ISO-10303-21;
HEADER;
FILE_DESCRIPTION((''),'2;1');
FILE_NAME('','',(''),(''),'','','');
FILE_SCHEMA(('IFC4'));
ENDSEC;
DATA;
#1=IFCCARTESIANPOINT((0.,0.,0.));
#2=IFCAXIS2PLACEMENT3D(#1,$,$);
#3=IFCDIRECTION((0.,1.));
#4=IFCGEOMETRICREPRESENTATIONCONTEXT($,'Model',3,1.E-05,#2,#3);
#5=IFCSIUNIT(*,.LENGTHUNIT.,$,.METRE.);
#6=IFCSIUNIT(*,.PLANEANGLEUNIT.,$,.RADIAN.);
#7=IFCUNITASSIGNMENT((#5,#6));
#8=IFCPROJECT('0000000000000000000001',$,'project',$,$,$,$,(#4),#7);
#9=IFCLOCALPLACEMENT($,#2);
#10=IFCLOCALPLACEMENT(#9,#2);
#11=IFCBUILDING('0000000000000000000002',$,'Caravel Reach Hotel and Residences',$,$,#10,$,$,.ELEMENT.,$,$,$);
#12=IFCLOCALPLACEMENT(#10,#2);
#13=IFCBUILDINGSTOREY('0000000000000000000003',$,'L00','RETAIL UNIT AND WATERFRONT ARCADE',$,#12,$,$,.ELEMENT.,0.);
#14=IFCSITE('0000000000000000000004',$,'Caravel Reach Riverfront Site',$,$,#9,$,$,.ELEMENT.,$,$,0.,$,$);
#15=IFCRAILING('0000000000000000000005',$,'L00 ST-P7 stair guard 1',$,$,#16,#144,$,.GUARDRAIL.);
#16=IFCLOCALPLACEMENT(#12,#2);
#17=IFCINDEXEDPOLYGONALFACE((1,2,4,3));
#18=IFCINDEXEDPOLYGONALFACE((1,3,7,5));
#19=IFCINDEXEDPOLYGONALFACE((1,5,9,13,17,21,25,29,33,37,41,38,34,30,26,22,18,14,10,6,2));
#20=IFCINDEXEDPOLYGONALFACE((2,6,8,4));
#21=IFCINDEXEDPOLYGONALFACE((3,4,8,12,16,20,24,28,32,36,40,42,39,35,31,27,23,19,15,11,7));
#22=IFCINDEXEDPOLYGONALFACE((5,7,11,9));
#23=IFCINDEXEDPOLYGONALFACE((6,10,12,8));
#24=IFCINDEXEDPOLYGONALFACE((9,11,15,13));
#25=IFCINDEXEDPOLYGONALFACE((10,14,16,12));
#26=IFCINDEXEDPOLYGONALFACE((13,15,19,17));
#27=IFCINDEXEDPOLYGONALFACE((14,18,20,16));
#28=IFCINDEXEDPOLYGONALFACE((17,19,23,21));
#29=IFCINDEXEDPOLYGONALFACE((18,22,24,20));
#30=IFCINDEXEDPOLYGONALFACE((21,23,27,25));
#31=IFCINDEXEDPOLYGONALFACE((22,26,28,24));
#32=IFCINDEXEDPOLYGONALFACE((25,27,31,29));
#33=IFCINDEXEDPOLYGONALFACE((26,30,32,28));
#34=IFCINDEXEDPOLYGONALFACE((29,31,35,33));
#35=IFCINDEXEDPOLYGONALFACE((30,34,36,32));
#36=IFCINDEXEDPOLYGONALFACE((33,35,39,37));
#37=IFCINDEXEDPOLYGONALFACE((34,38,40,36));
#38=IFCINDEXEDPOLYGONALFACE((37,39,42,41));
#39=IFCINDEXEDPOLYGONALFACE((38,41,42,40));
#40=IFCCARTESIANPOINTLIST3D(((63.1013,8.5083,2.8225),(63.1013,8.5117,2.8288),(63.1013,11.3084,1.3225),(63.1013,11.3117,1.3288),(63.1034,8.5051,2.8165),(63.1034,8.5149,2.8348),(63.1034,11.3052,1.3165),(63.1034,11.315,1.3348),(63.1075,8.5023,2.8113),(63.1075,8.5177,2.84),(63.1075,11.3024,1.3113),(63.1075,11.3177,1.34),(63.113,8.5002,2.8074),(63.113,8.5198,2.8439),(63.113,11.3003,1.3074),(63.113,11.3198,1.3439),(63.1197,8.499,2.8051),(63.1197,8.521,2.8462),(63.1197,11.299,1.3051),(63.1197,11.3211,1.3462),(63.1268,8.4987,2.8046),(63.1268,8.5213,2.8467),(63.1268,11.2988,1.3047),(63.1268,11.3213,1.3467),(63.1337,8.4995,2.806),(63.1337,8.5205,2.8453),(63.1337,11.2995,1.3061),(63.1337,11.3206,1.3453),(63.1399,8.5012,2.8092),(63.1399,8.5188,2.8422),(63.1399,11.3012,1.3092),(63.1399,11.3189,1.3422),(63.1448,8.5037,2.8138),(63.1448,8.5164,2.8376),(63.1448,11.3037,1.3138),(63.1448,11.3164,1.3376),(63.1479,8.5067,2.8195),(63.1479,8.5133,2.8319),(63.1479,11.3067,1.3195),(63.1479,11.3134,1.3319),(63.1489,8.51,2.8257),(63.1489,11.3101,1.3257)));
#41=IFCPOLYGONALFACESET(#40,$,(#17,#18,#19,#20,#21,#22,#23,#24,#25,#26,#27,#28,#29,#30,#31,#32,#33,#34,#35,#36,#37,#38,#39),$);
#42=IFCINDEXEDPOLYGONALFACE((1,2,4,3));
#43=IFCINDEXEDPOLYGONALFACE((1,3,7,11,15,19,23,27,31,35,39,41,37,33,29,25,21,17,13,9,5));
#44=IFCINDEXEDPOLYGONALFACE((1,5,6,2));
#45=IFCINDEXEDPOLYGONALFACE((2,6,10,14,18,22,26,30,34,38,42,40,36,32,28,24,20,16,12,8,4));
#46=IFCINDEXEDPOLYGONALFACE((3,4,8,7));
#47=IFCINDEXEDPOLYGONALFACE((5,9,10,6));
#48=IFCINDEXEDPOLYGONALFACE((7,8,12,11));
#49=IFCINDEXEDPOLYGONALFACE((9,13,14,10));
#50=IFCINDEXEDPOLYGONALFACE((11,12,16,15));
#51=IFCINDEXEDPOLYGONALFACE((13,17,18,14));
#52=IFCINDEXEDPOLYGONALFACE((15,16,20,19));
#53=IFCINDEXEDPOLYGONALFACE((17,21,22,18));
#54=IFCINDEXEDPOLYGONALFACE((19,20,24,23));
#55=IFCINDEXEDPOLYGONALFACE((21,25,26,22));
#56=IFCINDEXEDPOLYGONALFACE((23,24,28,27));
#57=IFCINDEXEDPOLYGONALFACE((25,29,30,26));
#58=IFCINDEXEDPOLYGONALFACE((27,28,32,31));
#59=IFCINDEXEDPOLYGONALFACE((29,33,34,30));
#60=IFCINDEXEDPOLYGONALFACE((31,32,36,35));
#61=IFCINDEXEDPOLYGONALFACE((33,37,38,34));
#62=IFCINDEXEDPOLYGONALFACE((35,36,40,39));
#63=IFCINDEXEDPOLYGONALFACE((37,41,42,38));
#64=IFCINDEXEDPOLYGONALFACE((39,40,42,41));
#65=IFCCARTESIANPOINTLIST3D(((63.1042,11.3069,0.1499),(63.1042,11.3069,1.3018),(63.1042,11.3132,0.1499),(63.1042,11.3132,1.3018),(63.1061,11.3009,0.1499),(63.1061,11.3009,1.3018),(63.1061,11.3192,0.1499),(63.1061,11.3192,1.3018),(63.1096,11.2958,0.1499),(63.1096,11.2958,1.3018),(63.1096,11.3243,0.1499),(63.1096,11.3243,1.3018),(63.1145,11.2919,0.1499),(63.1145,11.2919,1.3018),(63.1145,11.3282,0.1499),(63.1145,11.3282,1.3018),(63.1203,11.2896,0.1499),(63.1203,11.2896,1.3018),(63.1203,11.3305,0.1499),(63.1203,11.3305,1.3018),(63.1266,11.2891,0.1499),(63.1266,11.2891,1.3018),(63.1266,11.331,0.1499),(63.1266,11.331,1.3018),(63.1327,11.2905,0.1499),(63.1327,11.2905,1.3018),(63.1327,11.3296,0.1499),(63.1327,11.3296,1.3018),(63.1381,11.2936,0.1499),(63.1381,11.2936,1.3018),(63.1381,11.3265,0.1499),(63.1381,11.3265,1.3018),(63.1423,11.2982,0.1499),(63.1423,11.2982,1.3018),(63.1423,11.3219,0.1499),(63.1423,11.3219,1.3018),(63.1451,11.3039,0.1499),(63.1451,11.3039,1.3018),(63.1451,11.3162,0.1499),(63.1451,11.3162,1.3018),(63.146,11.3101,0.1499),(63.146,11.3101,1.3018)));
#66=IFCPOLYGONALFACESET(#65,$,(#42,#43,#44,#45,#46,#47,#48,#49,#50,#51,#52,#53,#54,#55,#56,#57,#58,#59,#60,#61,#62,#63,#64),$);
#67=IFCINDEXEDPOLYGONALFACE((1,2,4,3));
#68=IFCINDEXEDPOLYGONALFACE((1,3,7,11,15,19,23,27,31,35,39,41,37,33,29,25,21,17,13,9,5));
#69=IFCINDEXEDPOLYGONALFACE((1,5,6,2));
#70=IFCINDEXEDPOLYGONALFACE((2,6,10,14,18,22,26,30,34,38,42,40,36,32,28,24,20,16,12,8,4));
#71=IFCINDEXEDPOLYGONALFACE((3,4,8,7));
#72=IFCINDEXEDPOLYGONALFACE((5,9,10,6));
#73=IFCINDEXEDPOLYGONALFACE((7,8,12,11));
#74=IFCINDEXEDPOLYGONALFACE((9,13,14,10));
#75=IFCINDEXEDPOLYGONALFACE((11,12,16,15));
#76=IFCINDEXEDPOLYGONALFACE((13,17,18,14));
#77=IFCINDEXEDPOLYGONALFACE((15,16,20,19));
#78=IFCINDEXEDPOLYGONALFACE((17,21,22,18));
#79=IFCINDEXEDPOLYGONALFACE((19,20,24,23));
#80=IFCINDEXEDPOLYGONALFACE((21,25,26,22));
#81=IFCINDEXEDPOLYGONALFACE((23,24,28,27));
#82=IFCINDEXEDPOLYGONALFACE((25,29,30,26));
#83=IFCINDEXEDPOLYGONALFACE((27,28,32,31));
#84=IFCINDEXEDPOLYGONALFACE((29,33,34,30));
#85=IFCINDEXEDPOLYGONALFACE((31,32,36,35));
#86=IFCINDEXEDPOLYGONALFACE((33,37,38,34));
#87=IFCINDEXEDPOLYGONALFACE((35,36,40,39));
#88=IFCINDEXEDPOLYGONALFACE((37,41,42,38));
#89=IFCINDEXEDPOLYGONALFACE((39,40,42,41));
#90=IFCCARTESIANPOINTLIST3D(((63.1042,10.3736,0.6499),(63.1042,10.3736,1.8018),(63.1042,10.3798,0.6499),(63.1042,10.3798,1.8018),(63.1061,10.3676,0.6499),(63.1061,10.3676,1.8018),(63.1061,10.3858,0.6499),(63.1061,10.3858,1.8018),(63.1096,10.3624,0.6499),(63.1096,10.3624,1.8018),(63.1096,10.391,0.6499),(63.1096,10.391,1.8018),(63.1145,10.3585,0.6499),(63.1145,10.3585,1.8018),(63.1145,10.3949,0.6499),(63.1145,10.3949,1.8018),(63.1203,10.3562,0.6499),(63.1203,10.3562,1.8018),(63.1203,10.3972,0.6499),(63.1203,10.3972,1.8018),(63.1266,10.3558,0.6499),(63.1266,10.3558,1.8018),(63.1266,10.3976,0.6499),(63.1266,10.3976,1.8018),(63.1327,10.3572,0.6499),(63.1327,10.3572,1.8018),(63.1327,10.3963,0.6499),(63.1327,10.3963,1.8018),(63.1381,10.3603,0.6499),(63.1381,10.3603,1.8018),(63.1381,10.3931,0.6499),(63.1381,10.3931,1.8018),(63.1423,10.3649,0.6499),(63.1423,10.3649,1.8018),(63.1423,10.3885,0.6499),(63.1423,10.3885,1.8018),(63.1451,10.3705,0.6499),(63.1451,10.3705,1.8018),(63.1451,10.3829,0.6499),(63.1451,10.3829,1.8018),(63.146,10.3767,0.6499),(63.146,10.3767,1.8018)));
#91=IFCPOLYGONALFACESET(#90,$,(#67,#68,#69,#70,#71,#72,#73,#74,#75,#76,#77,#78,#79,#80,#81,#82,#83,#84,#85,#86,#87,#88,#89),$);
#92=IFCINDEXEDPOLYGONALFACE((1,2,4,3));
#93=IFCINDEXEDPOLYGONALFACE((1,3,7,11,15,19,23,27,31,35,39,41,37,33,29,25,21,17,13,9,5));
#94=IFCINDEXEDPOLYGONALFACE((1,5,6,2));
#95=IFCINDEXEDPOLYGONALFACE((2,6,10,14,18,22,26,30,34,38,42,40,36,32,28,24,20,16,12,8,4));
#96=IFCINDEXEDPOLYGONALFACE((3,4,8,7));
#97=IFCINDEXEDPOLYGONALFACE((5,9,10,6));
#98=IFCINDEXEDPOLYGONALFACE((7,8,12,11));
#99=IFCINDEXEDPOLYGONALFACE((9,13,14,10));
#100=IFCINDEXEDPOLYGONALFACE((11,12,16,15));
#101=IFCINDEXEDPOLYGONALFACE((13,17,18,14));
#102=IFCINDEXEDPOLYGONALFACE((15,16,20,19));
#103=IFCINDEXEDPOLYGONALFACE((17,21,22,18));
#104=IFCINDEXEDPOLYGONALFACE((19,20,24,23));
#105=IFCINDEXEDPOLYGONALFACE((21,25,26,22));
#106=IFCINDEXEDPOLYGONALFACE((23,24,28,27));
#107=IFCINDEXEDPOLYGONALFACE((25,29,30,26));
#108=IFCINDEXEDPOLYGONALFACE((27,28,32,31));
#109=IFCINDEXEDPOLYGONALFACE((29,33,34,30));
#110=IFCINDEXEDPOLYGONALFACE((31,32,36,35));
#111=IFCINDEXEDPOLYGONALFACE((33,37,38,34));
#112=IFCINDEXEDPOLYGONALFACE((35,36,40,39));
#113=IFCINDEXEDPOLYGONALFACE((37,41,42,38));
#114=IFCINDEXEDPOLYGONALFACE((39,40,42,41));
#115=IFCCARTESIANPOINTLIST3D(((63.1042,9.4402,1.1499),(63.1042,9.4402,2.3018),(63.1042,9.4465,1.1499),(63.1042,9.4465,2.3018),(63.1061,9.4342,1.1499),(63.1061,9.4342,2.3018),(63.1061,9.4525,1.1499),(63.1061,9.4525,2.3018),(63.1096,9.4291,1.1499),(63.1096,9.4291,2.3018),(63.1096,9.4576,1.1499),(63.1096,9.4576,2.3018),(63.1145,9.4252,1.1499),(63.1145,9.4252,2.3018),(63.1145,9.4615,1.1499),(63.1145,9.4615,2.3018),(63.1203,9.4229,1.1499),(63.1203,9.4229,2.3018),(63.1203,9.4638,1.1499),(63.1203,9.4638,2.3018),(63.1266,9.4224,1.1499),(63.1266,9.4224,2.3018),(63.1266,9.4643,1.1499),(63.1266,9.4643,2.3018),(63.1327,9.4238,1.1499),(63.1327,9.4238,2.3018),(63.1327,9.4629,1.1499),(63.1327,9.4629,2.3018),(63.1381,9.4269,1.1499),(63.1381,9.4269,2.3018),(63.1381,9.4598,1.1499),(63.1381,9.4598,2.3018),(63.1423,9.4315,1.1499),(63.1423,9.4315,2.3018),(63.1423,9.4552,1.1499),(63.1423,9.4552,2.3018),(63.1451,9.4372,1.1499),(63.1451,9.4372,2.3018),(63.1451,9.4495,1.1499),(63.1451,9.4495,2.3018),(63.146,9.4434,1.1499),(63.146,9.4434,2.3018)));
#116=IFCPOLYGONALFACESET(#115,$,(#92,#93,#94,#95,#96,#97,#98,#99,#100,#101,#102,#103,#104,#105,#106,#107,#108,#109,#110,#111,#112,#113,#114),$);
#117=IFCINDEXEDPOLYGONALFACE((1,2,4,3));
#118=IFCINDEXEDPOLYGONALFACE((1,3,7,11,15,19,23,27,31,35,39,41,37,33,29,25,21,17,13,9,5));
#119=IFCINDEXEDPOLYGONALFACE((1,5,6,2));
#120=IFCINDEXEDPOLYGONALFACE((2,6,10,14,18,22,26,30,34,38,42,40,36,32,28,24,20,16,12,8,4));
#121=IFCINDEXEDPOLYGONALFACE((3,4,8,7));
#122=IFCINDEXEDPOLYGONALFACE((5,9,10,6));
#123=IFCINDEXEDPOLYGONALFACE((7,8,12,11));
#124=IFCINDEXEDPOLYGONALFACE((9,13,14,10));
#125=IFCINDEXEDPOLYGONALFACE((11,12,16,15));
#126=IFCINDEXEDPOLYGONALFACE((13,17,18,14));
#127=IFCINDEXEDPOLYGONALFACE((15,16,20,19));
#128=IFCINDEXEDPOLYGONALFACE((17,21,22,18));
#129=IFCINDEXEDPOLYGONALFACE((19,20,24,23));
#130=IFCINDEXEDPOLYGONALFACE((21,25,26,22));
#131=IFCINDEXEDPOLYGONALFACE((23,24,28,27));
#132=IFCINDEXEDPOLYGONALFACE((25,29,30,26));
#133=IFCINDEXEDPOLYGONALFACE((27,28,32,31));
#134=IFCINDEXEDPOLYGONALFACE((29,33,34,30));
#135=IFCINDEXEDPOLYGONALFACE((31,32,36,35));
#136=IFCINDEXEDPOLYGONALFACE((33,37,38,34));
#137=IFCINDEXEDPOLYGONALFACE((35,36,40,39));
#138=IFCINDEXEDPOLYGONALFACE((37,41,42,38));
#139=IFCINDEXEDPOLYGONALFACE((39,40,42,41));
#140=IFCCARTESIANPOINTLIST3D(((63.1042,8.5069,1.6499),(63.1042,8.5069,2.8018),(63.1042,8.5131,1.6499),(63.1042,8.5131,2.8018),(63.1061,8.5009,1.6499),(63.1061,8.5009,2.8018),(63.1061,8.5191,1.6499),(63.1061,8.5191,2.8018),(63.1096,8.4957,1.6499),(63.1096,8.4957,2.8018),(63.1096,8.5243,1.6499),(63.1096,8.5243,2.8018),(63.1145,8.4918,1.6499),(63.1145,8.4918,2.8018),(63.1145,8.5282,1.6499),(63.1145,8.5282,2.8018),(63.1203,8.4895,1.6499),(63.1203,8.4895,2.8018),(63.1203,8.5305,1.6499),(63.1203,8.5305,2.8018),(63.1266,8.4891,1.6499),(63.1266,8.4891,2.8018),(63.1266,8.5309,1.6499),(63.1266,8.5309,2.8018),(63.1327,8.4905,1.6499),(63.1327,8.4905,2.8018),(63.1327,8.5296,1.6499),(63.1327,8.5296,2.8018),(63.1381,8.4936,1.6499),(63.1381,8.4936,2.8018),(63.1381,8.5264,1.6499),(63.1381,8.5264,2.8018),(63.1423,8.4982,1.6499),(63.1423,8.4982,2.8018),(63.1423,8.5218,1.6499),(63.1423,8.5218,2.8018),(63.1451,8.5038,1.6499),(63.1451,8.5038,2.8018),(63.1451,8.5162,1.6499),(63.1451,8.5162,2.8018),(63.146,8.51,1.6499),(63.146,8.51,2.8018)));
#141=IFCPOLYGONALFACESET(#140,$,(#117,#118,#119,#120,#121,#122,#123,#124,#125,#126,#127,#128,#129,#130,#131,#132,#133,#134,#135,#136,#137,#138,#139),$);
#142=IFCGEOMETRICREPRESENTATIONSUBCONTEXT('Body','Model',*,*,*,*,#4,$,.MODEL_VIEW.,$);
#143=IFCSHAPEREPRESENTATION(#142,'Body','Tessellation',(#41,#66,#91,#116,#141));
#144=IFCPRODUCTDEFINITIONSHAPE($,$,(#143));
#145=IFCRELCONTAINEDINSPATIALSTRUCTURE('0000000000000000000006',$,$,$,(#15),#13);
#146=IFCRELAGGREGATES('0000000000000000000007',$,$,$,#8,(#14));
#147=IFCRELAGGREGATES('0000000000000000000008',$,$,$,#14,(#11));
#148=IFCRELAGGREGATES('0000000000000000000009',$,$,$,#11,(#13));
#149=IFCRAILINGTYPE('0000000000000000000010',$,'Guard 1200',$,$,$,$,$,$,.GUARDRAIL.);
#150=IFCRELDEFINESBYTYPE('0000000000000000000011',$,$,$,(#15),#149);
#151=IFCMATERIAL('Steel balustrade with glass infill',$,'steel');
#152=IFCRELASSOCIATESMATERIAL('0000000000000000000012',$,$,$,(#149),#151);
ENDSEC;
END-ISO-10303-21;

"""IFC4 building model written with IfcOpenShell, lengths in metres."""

from ifc_helpers import new_model, si_unit, direction, frame, origin, origin_2d, place, context, subcontext, project, spatial, circle, extrude, material, type_object, element, save


model = new_model("IFC4")

# Units and contexts
model_context = context("Model", 3, precision=1e-05, world=origin(), true_north=direction((0.0, 1.0)))
body_context = subcontext(model_context, "Body", "Model", "MODEL_VIEW")
ifc_project = project(units=[si_unit("LENGTHUNIT", "METRE"), si_unit("PLANEANGLEUNIT", "RADIAN")], contexts=[model_context])

# Site, building, storey
site_placement = place(None, origin())
site = spatial("IfcSite", under=ifc_project, at=site_placement, Name="Caravel Reach Riverfront Site", CompositionType="ELEMENT", RefElevation=0.0)
building_placement = place(site_placement, origin())
building = spatial("IfcBuilding", under=site, at=building_placement, Name="Caravel Reach Hotel and Residences", CompositionType="ELEMENT")
storey_placement = place(building_placement, origin())
storey = spatial("IfcBuildingStorey", under=building, at=storey_placement, Name="L00", Description="RETAIL UNIT AND WATERFRONT ARCADE", CompositionType="ELEMENT", Elevation=0.0)

# Railing
ifc_material_1 = material(Name="Steel balustrade with glass infill", Category="steel")
railing_type_1 = type_object("IfcRailingType", Name="Guard 1200", PredefinedType="GUARDRAIL", material=ifc_material_1)
railing_1_placement = place(storey_placement, frame((63.125, 11.3101, 0.1499)))
element("IfcRailing", 1, at=railing_1_placement, inside=storey, type_object=railing_type_1, Name="L00 ST-P7 stair guard 1", PredefinedType="GUARDRAIL", context=body_context, shape_type="SweptSolid", body=[
    extrude(circle(Radius=0.0239, at=origin_2d()), frame((0.0, 0.0, 1.1758), z_axis=(0.0, -0.881483, 0.472215), x_axis=(1.0, 0.0, 0.0)), (0.0, 0.0, 1.0), 3.1765),
    extrude(circle(Radius=0.021, at=origin_2d()), origin(), (0.0, 0.0, 1.0), 1.1519),
    extrude(circle(Radius=0.021, at=origin_2d()), frame((0.0, -0.9333, 0.5)), (0.0, 0.0, 1.0), 1.1519),
    extrude(circle(Radius=0.021, at=origin_2d()), frame((0.0, -1.8667, 1.0)), (0.0, 0.0, 1.0), 1.1519),
    extrude(circle(Radius=0.021, at=origin_2d()), frame((0.0, -2.8, 1.5)), (0.0, 0.0, 1.0), 1.1519),
])

save(model, "model.ifc")
